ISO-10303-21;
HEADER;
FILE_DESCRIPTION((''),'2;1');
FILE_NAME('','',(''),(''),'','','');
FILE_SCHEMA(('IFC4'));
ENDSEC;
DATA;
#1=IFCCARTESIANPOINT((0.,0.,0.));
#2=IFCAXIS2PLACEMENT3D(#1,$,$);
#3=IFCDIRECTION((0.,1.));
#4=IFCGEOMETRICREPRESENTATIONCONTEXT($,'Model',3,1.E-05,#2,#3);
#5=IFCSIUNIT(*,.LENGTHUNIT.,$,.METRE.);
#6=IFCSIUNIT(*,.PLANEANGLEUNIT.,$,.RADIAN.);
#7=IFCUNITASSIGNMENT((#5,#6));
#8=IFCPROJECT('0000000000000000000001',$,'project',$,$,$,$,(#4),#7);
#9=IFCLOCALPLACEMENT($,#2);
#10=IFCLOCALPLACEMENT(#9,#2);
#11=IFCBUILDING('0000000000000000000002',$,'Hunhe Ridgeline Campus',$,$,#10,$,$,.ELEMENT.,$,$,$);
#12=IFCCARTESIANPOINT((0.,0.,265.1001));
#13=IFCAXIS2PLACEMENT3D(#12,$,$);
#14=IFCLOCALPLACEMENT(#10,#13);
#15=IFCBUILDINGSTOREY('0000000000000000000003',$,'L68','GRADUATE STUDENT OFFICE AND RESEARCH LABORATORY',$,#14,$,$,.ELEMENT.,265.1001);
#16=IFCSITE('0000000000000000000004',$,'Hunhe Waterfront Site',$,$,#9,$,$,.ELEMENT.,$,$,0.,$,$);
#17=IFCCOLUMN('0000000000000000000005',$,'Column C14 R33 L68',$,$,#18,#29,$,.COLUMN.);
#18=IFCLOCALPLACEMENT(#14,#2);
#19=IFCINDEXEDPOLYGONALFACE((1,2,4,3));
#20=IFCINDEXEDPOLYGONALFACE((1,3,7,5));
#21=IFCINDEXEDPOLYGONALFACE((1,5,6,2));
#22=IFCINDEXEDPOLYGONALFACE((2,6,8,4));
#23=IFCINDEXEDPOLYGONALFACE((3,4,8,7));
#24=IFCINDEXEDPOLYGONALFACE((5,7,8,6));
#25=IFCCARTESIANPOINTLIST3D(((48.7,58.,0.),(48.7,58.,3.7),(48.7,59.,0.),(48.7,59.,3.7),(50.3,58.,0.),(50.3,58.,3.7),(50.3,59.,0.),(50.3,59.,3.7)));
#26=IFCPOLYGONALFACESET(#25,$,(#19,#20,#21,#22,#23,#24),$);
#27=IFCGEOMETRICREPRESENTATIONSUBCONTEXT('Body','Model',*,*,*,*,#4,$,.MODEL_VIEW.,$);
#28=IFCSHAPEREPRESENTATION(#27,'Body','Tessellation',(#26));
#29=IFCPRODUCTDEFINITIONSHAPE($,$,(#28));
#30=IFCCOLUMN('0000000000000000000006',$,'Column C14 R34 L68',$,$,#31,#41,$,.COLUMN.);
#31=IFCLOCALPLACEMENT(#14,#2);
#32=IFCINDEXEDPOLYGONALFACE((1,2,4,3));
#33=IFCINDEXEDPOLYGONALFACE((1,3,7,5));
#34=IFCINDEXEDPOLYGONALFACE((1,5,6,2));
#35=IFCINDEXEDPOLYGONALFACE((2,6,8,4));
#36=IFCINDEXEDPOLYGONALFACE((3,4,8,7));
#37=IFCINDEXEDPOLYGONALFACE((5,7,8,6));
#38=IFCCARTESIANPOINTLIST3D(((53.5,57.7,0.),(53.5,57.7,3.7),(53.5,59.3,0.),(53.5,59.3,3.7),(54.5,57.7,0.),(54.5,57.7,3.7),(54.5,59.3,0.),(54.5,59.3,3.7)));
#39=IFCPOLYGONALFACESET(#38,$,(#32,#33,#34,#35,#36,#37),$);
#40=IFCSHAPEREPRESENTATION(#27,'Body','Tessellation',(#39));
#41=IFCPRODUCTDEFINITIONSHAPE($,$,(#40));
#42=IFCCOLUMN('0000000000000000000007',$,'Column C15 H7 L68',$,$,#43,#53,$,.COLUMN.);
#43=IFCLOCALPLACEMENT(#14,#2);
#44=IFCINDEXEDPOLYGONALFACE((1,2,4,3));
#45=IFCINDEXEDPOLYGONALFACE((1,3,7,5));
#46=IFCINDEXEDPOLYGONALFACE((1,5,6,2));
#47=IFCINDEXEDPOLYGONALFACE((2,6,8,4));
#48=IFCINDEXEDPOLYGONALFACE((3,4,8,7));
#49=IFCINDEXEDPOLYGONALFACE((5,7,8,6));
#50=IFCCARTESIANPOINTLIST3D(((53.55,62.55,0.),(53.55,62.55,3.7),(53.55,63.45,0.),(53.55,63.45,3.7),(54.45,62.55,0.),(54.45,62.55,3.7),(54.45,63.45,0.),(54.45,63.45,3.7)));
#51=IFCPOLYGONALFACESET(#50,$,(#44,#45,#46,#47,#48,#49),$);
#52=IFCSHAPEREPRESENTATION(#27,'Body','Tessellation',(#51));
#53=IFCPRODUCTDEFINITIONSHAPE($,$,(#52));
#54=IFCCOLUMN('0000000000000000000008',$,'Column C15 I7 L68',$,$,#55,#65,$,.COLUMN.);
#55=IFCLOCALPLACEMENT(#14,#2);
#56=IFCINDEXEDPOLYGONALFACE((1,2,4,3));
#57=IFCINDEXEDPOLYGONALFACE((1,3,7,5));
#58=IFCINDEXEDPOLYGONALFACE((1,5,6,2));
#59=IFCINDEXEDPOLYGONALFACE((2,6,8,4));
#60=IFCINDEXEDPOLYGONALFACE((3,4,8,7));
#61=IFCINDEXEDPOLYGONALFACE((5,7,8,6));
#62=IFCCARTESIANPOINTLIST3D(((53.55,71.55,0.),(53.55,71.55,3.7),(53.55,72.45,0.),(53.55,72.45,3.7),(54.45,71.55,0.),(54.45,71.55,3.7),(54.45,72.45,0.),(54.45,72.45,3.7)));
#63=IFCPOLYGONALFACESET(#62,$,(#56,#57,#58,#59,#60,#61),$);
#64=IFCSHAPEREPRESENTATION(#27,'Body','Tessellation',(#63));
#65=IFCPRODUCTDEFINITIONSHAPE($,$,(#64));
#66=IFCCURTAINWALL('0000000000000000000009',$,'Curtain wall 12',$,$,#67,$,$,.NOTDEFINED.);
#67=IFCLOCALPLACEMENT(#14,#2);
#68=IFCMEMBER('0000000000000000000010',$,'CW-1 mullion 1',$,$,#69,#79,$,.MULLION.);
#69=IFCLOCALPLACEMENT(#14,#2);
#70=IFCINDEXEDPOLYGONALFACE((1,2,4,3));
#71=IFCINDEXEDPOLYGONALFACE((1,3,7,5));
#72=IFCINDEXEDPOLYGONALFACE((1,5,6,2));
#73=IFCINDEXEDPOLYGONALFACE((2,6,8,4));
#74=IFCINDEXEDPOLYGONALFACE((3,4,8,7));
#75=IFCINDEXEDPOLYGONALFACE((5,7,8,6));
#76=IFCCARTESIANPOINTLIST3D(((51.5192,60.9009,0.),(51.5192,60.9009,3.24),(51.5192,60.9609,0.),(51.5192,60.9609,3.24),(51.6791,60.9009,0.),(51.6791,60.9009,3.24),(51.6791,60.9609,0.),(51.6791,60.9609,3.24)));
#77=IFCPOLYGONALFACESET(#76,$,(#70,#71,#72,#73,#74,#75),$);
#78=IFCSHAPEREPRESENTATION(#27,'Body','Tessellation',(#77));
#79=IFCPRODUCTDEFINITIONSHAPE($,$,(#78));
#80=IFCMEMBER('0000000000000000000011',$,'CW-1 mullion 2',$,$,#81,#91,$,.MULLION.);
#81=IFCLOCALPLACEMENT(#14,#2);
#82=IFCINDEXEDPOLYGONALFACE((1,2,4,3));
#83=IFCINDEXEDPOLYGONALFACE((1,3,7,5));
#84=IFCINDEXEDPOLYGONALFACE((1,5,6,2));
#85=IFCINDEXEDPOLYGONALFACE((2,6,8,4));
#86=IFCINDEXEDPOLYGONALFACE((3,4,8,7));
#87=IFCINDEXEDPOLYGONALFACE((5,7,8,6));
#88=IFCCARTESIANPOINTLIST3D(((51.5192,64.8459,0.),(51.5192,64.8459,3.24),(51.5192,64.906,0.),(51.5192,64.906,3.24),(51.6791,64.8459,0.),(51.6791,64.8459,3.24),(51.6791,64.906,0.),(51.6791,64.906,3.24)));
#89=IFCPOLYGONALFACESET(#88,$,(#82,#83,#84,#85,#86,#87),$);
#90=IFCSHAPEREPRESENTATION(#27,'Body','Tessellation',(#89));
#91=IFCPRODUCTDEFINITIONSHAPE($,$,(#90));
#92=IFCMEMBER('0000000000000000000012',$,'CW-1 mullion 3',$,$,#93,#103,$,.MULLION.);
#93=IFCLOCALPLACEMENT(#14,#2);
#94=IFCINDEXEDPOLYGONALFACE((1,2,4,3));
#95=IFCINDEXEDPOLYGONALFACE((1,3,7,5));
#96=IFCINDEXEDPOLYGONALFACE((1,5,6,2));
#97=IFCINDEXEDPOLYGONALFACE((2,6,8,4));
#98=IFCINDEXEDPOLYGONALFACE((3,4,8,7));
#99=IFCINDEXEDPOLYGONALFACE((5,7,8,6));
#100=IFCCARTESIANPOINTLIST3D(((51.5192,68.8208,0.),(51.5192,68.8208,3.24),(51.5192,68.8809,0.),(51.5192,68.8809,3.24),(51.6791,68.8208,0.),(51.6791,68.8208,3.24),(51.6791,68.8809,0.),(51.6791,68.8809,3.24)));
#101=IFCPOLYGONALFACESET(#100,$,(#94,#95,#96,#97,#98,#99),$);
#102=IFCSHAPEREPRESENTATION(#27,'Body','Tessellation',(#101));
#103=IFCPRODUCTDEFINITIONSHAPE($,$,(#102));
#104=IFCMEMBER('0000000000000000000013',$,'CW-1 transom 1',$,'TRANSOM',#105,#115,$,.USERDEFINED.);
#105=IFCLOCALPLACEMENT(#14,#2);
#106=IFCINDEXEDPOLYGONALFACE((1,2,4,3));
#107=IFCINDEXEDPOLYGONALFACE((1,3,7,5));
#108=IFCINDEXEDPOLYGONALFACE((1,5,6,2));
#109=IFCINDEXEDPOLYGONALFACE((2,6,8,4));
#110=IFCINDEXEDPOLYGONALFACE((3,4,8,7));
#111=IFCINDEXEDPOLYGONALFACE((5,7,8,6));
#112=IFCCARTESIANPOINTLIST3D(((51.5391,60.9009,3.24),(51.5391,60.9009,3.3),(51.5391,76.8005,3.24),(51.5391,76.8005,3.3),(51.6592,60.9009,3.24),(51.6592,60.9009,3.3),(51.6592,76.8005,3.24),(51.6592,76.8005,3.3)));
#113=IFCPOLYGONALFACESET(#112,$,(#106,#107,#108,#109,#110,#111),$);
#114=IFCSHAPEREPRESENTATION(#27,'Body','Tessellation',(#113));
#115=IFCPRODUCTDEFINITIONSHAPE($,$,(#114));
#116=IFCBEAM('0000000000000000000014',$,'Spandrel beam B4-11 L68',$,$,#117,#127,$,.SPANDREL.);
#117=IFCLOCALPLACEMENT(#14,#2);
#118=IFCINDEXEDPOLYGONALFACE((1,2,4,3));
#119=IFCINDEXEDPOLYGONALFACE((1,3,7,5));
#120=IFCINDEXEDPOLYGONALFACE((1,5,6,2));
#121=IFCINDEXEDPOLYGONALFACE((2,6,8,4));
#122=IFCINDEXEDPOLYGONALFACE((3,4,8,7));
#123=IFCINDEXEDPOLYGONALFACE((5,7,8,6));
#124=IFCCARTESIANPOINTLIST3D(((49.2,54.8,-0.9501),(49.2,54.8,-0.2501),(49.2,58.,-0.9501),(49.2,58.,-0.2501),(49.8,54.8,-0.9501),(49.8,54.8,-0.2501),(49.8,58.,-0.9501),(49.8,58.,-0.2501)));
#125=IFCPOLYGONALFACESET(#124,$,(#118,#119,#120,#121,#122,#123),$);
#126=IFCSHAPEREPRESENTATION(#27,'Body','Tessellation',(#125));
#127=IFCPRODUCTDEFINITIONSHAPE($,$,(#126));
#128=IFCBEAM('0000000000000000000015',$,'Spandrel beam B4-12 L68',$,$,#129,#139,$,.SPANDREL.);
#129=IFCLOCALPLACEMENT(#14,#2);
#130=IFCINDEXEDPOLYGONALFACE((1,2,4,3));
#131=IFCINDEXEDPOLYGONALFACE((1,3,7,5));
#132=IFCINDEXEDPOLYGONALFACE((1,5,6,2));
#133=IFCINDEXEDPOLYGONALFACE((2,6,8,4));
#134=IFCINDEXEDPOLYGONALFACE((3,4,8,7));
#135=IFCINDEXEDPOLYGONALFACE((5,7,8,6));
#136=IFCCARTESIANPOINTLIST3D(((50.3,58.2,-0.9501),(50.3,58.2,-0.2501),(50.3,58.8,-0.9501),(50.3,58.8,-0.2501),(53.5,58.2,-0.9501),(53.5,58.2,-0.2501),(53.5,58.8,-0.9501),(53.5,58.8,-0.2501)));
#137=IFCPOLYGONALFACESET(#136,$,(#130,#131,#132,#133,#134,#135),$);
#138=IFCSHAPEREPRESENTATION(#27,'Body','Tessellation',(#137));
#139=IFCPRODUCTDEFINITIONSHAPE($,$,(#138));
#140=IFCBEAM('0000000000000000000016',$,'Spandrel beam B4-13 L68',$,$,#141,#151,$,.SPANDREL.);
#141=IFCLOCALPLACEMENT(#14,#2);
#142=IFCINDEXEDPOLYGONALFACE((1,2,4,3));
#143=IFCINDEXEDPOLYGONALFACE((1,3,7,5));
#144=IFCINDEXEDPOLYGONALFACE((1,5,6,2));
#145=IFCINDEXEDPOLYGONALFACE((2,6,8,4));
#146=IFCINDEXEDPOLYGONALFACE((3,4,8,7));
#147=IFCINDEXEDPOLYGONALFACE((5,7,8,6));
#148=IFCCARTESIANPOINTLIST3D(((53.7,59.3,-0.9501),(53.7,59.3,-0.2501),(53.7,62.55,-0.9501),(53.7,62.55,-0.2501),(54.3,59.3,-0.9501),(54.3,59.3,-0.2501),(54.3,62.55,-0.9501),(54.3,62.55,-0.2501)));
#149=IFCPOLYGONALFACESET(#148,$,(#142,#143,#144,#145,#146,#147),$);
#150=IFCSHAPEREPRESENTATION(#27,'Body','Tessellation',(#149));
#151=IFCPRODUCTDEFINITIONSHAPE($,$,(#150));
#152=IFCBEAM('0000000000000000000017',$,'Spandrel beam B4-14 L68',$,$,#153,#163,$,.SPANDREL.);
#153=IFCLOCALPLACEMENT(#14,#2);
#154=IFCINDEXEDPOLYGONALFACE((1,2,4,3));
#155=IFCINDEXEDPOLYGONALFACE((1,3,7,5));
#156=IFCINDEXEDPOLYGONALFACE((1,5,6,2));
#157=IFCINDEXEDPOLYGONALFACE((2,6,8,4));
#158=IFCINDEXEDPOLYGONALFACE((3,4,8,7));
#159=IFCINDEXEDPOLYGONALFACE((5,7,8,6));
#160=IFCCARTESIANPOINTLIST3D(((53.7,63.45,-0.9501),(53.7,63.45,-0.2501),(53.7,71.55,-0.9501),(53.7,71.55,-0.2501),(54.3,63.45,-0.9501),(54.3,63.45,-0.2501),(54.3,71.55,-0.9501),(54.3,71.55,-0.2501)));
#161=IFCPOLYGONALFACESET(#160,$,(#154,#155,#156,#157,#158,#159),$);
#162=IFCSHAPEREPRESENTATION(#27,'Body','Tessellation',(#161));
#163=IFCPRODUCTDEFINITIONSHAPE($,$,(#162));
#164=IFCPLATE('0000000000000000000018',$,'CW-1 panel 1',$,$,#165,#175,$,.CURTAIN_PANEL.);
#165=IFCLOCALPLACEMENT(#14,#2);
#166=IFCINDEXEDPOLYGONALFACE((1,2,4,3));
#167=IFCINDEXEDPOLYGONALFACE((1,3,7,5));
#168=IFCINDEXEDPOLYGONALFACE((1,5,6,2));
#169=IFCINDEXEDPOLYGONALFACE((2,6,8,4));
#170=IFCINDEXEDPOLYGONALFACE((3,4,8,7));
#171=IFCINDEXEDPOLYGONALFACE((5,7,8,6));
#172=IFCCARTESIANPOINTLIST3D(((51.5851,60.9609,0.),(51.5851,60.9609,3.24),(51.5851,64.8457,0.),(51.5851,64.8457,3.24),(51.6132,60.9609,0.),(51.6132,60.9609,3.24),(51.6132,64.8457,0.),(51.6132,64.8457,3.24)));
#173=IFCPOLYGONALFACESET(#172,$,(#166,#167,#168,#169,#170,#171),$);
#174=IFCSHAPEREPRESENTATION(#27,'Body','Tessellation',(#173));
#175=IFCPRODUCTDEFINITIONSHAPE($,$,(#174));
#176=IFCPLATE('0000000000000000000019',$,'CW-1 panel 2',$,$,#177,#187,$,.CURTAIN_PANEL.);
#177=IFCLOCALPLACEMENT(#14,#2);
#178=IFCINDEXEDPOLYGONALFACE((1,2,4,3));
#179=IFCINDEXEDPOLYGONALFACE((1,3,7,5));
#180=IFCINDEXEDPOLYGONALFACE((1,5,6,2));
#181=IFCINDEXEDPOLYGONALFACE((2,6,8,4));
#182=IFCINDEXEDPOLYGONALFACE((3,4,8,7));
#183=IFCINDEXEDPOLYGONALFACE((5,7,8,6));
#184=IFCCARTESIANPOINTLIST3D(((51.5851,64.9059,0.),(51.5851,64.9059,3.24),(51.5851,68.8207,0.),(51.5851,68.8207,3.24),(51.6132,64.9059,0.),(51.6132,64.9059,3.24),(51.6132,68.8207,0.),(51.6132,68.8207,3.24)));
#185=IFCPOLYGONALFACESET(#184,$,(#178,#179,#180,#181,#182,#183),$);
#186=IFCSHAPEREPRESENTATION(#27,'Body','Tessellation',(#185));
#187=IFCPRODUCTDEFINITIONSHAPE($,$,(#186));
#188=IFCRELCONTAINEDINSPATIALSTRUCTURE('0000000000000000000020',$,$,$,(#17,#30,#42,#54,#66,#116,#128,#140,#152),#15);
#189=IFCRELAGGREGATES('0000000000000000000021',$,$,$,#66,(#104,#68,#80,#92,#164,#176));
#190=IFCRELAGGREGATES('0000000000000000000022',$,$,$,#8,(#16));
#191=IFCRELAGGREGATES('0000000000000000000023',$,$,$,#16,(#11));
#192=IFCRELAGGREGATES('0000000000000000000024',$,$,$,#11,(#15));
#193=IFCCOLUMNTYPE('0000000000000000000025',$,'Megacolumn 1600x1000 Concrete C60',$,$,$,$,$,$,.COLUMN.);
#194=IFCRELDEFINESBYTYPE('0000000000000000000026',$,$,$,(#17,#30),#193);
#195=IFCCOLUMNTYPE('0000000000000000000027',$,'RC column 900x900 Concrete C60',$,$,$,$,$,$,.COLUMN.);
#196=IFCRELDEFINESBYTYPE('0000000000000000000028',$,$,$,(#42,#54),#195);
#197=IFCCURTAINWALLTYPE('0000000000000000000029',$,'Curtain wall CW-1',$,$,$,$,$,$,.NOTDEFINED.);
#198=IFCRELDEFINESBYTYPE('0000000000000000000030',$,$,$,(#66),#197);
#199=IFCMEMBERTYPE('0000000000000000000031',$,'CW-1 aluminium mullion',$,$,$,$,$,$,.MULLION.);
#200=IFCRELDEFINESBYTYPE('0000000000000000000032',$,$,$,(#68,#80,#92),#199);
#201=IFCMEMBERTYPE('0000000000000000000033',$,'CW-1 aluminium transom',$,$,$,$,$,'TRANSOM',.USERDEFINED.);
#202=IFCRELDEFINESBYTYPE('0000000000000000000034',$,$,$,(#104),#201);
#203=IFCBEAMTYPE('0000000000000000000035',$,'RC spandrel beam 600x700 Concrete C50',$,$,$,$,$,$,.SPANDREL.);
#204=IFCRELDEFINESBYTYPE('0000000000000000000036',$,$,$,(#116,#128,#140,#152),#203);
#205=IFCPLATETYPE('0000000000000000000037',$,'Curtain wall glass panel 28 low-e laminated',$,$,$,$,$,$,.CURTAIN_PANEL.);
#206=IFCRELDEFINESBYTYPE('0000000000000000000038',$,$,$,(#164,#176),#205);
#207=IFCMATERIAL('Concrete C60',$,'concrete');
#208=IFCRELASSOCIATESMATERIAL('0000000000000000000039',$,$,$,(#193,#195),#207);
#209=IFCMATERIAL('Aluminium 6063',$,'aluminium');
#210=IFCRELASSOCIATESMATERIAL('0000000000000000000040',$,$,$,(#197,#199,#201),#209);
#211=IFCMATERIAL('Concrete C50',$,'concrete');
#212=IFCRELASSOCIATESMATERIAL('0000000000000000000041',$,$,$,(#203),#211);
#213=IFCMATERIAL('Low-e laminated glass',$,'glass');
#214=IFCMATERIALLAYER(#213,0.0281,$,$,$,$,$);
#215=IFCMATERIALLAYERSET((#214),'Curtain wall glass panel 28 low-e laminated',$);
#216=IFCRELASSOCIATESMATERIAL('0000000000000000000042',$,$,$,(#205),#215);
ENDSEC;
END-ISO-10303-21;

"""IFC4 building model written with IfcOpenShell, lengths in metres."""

from ifc_helpers import new_model, si_unit, direction, frame, origin, origin_2d, place, context, subcontext, project, spatial, rectangle, extrude, material, layer, layer_set, material_profile, profile_set, type_object, element, aggregate, save


model = new_model("IFC4")

# Units and contexts
model_context = context("Model", 3, precision=1e-05, world=origin(), true_north=direction((0.0, 1.0)))
body_context = subcontext(model_context, "Body", "Model", "MODEL_VIEW")
ifc_project = project(units=[si_unit("LENGTHUNIT", "METRE"), si_unit("PLANEANGLEUNIT", "RADIAN")], contexts=[model_context])

# Site, building, storey
site_placement = place(None, origin())
site = spatial("IfcSite", under=ifc_project, at=site_placement, Name="Hunhe Waterfront Site", CompositionType="ELEMENT", RefElevation=0.0)
building_placement = place(site_placement, origin())
building = spatial("IfcBuilding", under=site, at=building_placement, Name="Hunhe Ridgeline Campus", CompositionType="ELEMENT")
storey_placement = place(building_placement, frame((0.0, 0.0, 265.1001)))
storey = spatial("IfcBuildingStorey", under=building, at=storey_placement, Name="L68", Description="GRADUATE STUDENT OFFICE AND RESEARCH LABORATORY", CompositionType="ELEMENT", Elevation=265.1001)

# Columns
ifc_material_1 = material(Name="Concrete C60", Category="concrete")
ifc_material_profile_1 = material_profile(ifc_material_1, rectangle(XDim=1.6001, YDim=1.0, at=origin_2d()))
ifc_profile_set_1 = profile_set([ifc_material_profile_1], Name="Concrete C60")
column_type_1 = type_object("IfcColumnType", Name="Megacolumn 1600x1000 Concrete C60", PredefinedType="COLUMN", material=ifc_profile_set_1)
for number, where, z_axis, x_axis, name in (
    (1, (49.5, 58.5, 0.0), (0.0, 0.0, 1.0), (1.0, 0.0, 0.0), "Column C14 R33 L68"),
    (2, (54.0, 58.5, 0.0), (0.0, 0.0, 1.0), (0.0, 1.0, 0.0), "Column C14 R34 L68"),
):
    element("IfcColumn", number, at=place(storey_placement, frame(where, z_axis=z_axis, x_axis=x_axis)), inside=storey, type_object=column_type_1, Name=name, PredefinedType="COLUMN", context=body_context, shape_type="SweptSolid", body=[
        extrude(rectangle(XDim=1.6001, YDim=1.0, at=origin_2d()), origin(), (0.0, 0.0, 1.0), 3.7),
    ])
ifc_material_profile_2 = material_profile(ifc_material_1, rectangle(XDim=0.8999, YDim=0.8999, at=origin_2d()))
ifc_profile_set_2 = profile_set([ifc_material_profile_2], Name="Concrete C60")
column_type_2 = type_object("IfcColumnType", Name="RC column 900x900 Concrete C60", PredefinedType="COLUMN", material=ifc_profile_set_2)
for number, where, z_axis, x_axis, name in (
    (3, (54.0, 63.0, 0.0), (0.0, 0.0, 1.0), (1.0, 0.0, 0.0), "Column C15 H7 L68"),
    (4, (54.0, 72.0, 0.0), (0.0, 0.0, 1.0), (1.0, 0.0, 0.0), "Column C15 I7 L68"),
):
    element("IfcColumn", number, at=place(storey_placement, frame(where, z_axis=z_axis, x_axis=x_axis)), inside=storey, type_object=column_type_2, Name=name, PredefinedType="COLUMN", context=body_context, shape_type="SweptSolid", body=[
        extrude(rectangle(XDim=0.8999, YDim=0.8999, at=origin_2d()), origin(), (0.0, 0.0, 1.0), 3.7),
    ])

# Curtain wall, members
ifc_material_2 = material(Name="Aluminium 6063", Category="aluminium")
curtain_wall_type = type_object("IfcCurtainWallType", Name="Curtain wall CW-1", PredefinedType="NOTDEFINED", material=ifc_material_2)
curtain_wall_placement = place(storey_placement, origin())
curtain_wall = element("IfcCurtainWall", 5, at=curtain_wall_placement, inside=storey, type_object=curtain_wall_type, Name="Curtain wall 12", PredefinedType="NOTDEFINED")
ifc_material_profile_3 = material_profile(ifc_material_2, rectangle(XDim=0.1599, YDim=0.0601, at=origin_2d()))
ifc_profile_set_3 = profile_set([ifc_material_profile_3], Name="Aluminium 6063")
member_type_1 = type_object("IfcMemberType", Name="CW-1 aluminium mullion", PredefinedType="MULLION", material=ifc_profile_set_3)
member_1_placement = place(storey_placement, frame((51.5991, 60.9309, 0.0), z_axis=(0.0, 0.0, 1.0), x_axis=(-1.0, 0.0, 0.0)))
member_1 = element("IfcMember", 6, at=member_1_placement, type_object=member_type_1, Name="CW-1 mullion 1", PredefinedType="MULLION", context=body_context, shape_type="SweptSolid", body=[
    extrude(rectangle(XDim=0.1599, YDim=0.0601, at=origin_2d()), origin(), (0.0, 0.0, 1.0), 3.24),
])
member_2_placement = place(storey_placement, frame((51.5991, 64.876, 0.0), z_axis=(0.0, 0.0, 1.0), x_axis=(-1.0, 0.0, 0.0)))
member_2 = element("IfcMember", 7, at=member_2_placement, type_object=member_type_1, Name="CW-1 mullion 2", PredefinedType="MULLION", context=body_context, shape_type="SweptSolid", body=[
    extrude(rectangle(XDim=0.1599, YDim=0.0601, at=origin_2d()), origin(), (0.0, 0.0, 1.0), 3.24),
])
member_3_placement = place(storey_placement, frame((51.5991, 68.8508, 0.0), z_axis=(0.0, 0.0, 1.0), x_axis=(-1.0, 0.0, 0.0)))
member_3 = element("IfcMember", 8, at=member_3_placement, type_object=member_type_1, Name="CW-1 mullion 3", PredefinedType="MULLION", context=body_context, shape_type="SweptSolid", body=[
    extrude(rectangle(XDim=0.1599, YDim=0.0601, at=origin_2d()), origin(), (0.0, 0.0, 1.0), 3.24),
])
ifc_material_profile_4 = material_profile(ifc_material_2, rectangle(XDim=0.1201, YDim=0.0601, at=origin_2d()))
ifc_profile_set_4 = profile_set([ifc_material_profile_4], Name="Aluminium 6063")
member_type_2 = type_object("IfcMemberType", Name="CW-1 aluminium transom", ElementType="TRANSOM", PredefinedType="USERDEFINED", material=ifc_profile_set_4)
member_4_placement = place(storey_placement, frame((51.5991, 60.9009, 3.27), z_axis=(0.0, 1.0, 0.0), x_axis=(-1.0, 0.0, 0.0)))
member_4 = element("IfcMember", 9, at=member_4_placement, type_object=member_type_2, Name="CW-1 transom 1", ObjectType="TRANSOM", PredefinedType="USERDEFINED", context=body_context, shape_type="SweptSolid", body=[
    extrude(rectangle(XDim=0.1201, YDim=0.0601, at=origin_2d()), origin(), (0.0, 0.0, 1.0), 15.8997),
])

# Beams
ifc_material_3 = material(Name="Concrete C50", Category="concrete")
ifc_material_profile_5 = material_profile(ifc_material_3, rectangle(XDim=0.6001, YDim=0.7, at=origin_2d()))
ifc_profile_set_5 = profile_set([ifc_material_profile_5], Name="Concrete C50")
beam_type = type_object("IfcBeamType", Name="RC spandrel beam 600x700 Concrete C50", PredefinedType="SPANDREL", material=ifc_profile_set_5)
for number, where, z_axis, x_axis, name in (
    (10, (49.5, 54.8, -0.6001), (0.0, 1.0, 0.0), (-1.0, 0.0, 0.0), "Spandrel beam B4-11 L68"),
    (11, (50.3, 58.5, -0.6001), (1.0, 0.0, 0.0), (0.0, 1.0, 0.0), "Spandrel beam B4-12 L68"),
):
    element("IfcBeam", number, at=place(storey_placement, frame(where, z_axis=z_axis, x_axis=x_axis)), inside=storey, type_object=beam_type, Name=name, PredefinedType="SPANDREL", context=body_context, shape_type="SweptSolid", body=[
        extrude(rectangle(XDim=0.6001, YDim=0.7, at=origin_2d()), origin(), (0.0, 0.0, 1.0), 3.2),
    ])
beam_1_placement = place(storey_placement, frame((54.0, 59.3, -0.6001), z_axis=(0.0, 1.0, 0.0), x_axis=(-1.0, 0.0, 0.0)))
element("IfcBeam", 12, at=beam_1_placement, inside=storey, type_object=beam_type, Name="Spandrel beam B4-13 L68", PredefinedType="SPANDREL", context=body_context, shape_type="SweptSolid", body=[
    extrude(rectangle(XDim=0.6001, YDim=0.7, at=origin_2d()), origin(), (0.0, 0.0, 1.0), 3.25),
])
beam_2_placement = place(storey_placement, frame((54.0, 63.45, -0.6001), z_axis=(0.0, 1.0, 0.0), x_axis=(-1.0, 0.0, 0.0)))
element("IfcBeam", 13, at=beam_2_placement, inside=storey, type_object=beam_type, Name="Spandrel beam B4-14 L68", PredefinedType="SPANDREL", context=body_context, shape_type="SweptSolid", body=[
    extrude(rectangle(XDim=0.6001, YDim=0.7, at=origin_2d()), origin(), (0.0, 0.0, 1.0), 8.1001),
])

# Plates
ifc_material_4 = material(Name="Low-e laminated glass", Category="glass")
ifc_layer_1 = layer(ifc_material_4, 0.0281)
ifc_layer_set_1 = layer_set([ifc_layer_1], Name="Curtain wall glass panel 28 low-e laminated")
plate_type = type_object("IfcPlateType", Name="Curtain wall glass panel 28 low-e laminated", PredefinedType="CURTAIN_PANEL", material=ifc_layer_set_1)
plate_1_placement = place(storey_placement, frame((51.5991, 62.9033, 0.0), z_axis=(0.0, 0.0, 1.0), x_axis=(0.0, 1.0, 0.0)))
plate_1 = element("IfcPlate", 14, at=plate_1_placement, type_object=plate_type, Name="CW-1 panel 1", PredefinedType="CURTAIN_PANEL", context=body_context, shape_type="SweptSolid", body=[
    extrude(rectangle(XDim=3.8848, YDim=0.0281, at=origin_2d()), origin(), (0.0, 0.0, 1.0), 3.24),
])
plate_2_placement = place(storey_placement, frame((51.5991, 66.8633, 0.0), z_axis=(0.0, 0.0, 1.0), x_axis=(0.0, 1.0, 0.0)))
plate_2 = element("IfcPlate", 15, at=plate_2_placement, type_object=plate_type, Name="CW-1 panel 2", PredefinedType="CURTAIN_PANEL", context=body_context, shape_type="SweptSolid", body=[
    extrude(rectangle(XDim=3.9148, YDim=0.0281, at=origin_2d()), origin(), (0.0, 0.0, 1.0), 3.24),
])
aggregate(curtain_wall, [member_4, member_1, member_2, member_3, plate_1, plate_2])

save(model, "model.ifc")
